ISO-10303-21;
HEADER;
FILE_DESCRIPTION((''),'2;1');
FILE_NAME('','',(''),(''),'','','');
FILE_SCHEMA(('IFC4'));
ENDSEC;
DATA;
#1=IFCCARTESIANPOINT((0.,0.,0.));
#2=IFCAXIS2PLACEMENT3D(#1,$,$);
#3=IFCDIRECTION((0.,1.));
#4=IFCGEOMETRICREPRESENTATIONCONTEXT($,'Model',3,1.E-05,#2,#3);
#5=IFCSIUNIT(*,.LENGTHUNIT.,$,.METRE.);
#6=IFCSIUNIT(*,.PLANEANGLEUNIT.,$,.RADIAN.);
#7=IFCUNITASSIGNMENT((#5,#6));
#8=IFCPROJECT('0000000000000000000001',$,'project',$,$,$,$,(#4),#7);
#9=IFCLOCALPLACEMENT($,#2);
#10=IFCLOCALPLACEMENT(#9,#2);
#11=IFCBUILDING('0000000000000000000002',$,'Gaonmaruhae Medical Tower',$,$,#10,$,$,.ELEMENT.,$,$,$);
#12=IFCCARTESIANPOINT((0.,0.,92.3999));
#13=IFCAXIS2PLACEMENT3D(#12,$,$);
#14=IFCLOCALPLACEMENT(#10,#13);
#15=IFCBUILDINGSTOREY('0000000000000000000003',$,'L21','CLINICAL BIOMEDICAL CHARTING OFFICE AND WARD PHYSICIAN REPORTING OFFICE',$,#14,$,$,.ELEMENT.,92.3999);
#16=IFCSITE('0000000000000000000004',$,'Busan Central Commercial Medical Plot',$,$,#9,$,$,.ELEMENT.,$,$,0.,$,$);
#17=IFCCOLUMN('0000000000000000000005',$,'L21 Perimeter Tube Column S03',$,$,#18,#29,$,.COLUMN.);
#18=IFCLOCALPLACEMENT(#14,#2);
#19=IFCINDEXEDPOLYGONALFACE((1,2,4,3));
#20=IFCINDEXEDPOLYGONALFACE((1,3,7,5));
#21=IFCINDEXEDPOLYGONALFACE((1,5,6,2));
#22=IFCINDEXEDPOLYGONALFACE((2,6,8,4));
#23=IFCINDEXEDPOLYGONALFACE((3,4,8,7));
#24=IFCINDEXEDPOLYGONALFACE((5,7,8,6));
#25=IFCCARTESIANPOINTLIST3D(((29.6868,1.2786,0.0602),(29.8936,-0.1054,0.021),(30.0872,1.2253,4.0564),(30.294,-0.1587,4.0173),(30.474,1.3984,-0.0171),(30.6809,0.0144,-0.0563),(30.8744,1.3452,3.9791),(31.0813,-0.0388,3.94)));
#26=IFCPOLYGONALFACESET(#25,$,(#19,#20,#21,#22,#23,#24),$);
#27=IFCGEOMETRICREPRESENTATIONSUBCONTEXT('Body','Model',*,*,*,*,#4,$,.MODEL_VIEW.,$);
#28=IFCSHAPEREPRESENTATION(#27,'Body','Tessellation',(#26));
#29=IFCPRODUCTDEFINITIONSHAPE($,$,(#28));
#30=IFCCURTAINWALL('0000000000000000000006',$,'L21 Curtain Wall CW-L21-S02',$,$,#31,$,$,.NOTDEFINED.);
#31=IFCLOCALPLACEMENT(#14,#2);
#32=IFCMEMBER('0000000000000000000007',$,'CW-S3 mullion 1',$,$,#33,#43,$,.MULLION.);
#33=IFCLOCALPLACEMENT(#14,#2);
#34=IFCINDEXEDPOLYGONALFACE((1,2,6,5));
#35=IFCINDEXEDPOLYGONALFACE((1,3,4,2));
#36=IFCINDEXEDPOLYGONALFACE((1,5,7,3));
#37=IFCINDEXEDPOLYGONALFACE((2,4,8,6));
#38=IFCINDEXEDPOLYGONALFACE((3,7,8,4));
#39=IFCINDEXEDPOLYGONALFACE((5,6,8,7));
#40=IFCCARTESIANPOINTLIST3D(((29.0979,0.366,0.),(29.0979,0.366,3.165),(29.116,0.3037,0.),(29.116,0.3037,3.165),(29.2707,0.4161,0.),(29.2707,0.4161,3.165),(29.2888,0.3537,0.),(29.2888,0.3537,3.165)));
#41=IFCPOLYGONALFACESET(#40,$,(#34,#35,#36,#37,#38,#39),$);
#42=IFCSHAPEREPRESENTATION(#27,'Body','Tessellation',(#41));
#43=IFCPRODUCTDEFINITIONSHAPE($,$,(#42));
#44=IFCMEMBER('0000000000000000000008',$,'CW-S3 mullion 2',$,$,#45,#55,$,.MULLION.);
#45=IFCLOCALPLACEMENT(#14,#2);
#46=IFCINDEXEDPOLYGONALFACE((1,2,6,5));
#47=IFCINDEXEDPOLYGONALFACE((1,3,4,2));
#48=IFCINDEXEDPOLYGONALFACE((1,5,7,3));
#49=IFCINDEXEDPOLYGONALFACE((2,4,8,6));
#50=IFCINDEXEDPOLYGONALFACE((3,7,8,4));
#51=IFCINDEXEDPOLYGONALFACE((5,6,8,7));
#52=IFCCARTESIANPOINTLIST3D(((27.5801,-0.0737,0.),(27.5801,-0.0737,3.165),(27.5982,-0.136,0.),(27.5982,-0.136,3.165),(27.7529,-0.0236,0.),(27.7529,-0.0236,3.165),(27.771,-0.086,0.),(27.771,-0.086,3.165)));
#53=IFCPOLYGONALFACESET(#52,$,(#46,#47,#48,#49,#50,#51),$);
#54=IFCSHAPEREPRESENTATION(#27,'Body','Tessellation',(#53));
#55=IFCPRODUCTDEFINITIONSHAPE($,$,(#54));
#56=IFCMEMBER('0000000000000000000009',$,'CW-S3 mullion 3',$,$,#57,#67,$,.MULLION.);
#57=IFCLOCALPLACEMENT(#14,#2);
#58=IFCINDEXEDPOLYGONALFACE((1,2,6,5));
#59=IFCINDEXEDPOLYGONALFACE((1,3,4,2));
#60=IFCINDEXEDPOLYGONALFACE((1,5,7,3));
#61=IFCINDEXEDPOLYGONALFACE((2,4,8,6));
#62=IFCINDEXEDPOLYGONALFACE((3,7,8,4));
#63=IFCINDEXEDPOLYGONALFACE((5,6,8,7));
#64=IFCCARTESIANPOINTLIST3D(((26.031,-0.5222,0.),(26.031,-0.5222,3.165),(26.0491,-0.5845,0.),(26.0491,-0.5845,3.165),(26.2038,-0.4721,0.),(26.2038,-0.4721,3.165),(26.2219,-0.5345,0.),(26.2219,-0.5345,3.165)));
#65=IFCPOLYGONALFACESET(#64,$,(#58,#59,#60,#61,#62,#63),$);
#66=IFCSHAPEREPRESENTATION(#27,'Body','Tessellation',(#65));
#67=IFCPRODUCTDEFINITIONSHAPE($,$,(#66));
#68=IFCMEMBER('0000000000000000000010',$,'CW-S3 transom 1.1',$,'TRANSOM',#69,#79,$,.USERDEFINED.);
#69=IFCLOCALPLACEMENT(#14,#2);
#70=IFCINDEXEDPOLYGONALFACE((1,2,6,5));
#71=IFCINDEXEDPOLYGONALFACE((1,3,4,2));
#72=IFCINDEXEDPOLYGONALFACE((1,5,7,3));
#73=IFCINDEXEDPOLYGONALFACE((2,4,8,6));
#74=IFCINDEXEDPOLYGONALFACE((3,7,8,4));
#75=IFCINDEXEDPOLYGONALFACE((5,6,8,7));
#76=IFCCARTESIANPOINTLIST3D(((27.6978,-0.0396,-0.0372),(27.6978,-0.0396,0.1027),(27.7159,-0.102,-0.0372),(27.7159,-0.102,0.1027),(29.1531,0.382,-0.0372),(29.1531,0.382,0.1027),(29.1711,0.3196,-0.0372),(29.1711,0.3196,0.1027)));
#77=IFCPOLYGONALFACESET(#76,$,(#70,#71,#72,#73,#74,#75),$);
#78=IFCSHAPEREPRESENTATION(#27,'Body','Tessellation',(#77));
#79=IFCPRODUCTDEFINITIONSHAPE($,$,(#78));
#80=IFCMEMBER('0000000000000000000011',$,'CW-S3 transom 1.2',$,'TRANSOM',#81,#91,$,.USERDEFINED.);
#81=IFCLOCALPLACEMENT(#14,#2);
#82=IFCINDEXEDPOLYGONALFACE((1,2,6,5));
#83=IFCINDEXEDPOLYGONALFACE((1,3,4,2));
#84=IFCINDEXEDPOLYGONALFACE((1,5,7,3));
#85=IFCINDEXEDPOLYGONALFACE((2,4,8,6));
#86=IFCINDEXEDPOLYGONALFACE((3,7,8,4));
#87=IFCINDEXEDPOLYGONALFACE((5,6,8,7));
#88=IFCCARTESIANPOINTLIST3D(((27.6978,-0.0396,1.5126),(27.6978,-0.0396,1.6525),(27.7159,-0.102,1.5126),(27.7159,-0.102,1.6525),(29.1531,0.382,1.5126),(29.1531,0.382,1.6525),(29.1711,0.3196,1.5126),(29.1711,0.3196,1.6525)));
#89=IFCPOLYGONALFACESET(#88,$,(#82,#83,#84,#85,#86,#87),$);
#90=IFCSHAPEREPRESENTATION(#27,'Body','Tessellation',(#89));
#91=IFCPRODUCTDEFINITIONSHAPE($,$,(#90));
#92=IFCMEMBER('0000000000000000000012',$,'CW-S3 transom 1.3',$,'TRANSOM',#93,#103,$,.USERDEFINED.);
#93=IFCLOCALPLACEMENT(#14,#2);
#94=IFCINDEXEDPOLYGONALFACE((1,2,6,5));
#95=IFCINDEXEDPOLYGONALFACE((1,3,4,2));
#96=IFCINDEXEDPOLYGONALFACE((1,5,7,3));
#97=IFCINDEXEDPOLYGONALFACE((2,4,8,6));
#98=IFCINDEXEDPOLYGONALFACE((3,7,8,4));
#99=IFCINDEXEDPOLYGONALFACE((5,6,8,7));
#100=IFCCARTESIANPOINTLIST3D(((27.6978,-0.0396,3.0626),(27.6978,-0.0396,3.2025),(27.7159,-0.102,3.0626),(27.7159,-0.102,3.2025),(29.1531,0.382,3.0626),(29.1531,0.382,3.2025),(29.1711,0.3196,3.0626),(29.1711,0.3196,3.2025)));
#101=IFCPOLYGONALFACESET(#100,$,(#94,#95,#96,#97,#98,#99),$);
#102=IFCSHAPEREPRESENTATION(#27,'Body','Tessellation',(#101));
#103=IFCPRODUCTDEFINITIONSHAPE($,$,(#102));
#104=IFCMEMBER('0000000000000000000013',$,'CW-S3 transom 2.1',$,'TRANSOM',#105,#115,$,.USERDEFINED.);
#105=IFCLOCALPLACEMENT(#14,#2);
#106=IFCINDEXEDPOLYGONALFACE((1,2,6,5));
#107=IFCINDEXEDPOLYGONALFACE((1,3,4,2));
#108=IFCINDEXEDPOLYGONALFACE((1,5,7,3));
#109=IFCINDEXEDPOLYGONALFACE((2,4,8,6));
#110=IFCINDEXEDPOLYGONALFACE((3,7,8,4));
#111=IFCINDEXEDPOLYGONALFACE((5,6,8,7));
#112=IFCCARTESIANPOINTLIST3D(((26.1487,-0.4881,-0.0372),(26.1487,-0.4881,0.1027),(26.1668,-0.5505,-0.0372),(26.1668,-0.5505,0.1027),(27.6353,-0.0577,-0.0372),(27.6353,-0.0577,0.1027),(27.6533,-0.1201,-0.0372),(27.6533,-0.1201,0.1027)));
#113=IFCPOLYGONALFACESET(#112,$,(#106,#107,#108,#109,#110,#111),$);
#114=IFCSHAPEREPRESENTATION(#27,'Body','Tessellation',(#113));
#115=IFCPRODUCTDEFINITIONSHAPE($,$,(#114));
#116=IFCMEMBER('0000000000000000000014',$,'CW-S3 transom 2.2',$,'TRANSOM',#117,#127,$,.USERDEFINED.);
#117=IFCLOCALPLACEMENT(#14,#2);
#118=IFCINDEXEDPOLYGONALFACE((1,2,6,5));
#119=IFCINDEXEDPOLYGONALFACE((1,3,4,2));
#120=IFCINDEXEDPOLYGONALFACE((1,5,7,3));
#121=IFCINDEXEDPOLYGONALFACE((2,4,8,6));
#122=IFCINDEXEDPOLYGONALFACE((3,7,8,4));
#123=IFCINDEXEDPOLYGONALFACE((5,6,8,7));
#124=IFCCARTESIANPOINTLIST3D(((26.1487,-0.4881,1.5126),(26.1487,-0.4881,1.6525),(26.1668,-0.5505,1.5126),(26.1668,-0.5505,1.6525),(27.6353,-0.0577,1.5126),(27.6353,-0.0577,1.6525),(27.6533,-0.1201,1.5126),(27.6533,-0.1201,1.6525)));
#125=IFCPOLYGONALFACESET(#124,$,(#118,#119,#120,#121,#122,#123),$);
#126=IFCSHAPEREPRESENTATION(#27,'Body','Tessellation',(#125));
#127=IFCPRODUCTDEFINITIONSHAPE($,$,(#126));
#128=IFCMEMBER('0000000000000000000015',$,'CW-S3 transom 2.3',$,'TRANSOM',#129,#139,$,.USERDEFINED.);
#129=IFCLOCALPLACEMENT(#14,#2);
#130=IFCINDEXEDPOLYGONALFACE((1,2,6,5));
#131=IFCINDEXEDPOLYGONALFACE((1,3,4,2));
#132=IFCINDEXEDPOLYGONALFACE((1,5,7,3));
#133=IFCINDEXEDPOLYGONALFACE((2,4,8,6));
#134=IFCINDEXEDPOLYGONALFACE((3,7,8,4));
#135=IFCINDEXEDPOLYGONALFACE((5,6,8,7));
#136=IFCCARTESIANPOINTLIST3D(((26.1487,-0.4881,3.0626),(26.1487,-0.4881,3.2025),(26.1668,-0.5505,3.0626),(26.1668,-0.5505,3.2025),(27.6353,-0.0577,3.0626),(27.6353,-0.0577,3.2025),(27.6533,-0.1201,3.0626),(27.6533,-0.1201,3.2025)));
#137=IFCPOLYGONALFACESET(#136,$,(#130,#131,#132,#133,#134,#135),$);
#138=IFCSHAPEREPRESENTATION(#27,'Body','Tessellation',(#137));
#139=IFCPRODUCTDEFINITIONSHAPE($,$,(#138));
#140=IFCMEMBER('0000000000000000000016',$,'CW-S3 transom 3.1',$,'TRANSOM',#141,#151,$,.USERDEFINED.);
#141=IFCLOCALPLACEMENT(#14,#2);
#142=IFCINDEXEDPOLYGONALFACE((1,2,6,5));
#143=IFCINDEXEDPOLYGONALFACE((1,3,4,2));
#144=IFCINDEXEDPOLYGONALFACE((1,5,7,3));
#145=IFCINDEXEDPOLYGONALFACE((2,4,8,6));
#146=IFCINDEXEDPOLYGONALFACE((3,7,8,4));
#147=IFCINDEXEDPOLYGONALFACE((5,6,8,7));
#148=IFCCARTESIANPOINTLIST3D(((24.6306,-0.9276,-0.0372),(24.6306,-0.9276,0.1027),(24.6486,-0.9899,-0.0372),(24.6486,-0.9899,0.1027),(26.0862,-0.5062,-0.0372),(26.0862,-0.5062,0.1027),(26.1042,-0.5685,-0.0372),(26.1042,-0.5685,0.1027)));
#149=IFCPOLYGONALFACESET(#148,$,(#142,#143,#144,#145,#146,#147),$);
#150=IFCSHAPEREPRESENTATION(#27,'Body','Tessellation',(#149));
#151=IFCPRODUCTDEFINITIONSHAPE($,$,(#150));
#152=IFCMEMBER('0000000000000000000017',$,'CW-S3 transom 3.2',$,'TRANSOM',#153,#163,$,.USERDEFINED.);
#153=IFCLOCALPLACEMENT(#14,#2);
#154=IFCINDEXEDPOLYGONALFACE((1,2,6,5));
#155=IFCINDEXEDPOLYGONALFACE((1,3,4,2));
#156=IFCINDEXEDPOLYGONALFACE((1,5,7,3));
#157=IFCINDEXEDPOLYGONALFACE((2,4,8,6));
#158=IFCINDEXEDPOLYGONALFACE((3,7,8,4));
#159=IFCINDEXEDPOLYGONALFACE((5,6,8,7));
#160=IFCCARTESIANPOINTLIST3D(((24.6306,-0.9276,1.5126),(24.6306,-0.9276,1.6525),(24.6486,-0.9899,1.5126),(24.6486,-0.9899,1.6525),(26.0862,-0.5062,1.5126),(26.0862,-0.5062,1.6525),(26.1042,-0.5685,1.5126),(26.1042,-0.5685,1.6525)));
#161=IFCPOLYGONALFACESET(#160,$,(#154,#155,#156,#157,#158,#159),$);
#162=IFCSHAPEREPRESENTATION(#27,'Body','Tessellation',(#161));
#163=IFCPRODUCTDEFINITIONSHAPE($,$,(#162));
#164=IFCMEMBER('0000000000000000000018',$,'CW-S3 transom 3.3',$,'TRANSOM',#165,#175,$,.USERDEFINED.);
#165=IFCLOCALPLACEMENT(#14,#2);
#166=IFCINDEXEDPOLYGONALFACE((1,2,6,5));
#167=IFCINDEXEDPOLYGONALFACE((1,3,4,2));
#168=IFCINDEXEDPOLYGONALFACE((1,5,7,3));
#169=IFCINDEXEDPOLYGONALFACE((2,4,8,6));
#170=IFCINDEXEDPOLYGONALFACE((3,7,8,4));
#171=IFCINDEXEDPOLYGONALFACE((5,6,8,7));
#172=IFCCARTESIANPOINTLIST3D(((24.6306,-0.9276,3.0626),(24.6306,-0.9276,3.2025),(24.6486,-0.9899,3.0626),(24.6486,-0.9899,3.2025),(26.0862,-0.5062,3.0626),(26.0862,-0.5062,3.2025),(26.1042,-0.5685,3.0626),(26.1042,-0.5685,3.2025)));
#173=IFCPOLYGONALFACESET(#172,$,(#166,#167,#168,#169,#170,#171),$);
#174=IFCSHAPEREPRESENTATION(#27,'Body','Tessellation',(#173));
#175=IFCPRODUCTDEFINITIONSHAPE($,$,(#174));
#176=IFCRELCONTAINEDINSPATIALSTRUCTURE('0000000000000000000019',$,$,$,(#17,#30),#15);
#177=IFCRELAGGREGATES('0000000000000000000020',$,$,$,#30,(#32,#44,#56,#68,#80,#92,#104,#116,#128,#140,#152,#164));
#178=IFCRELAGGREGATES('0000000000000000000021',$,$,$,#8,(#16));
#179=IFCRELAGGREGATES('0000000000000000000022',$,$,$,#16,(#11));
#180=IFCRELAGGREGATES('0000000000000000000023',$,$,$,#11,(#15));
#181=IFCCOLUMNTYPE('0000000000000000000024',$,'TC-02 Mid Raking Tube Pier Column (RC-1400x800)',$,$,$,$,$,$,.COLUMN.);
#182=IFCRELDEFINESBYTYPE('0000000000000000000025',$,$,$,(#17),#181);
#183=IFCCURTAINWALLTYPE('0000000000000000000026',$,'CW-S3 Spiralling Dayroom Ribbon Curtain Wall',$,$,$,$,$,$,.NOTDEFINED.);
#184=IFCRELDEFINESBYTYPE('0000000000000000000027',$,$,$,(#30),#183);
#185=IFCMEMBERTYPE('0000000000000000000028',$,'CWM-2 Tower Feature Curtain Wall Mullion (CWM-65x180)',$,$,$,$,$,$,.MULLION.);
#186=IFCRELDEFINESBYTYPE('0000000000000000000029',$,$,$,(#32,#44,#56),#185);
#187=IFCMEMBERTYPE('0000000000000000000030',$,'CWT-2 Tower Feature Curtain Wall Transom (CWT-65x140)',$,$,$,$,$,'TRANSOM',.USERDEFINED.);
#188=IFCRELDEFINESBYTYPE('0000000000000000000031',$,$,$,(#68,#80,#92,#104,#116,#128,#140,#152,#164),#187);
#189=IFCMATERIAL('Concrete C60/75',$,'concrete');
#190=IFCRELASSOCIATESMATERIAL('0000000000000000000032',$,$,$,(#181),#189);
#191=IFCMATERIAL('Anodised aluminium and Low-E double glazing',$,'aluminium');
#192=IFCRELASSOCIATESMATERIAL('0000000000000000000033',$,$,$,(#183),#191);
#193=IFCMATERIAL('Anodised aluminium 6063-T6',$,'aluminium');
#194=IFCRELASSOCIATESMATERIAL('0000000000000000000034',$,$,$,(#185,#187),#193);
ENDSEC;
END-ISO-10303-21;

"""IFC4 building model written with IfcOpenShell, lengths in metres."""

from ifc_helpers import new_model, si_unit, direction, frame, origin, origin_2d, place, context, subcontext, project, spatial, rectangle, extrude, material, material_profile, profile_set, type_object, element, aggregate, save


model = new_model("IFC4")

# Units and contexts
model_context = context("Model", 3, precision=1e-05, world=origin(), true_north=direction((0.0, 1.0)))
body_context = subcontext(model_context, "Body", "Model", "MODEL_VIEW")
ifc_project = project(units=[si_unit("LENGTHUNIT", "METRE"), si_unit("PLANEANGLEUNIT", "RADIAN")], contexts=[model_context])

# Site, building, storey
site_placement = place(None, origin())
site = spatial("IfcSite", under=ifc_project, at=site_placement, Name="Busan Central Commercial Medical Plot", CompositionType="ELEMENT", RefElevation=0.0)
building_placement = place(site_placement, origin())
building = spatial("IfcBuilding", under=site, at=building_placement, Name="Gaonmaruhae Medical Tower", CompositionType="ELEMENT")
storey_placement = place(building_placement, frame((0.0, 0.0, 92.3999)))
storey = spatial("IfcBuildingStorey", under=building, at=storey_placement, Name="L21", Description="CLINICAL BIOMEDICAL CHARTING OFFICE AND WARD PHYSICIAN REPORTING OFFICE", CompositionType="ELEMENT", Elevation=92.3999)

# Column
ifc_material_1 = material(Name="Concrete C60/75", Category="concrete")
ifc_material_profile_1 = material_profile(ifc_material_1, rectangle(XDim=1.3999, YDim=0.8, at=origin_2d()), Name="RC-1400x800")
ifc_profile_set_1 = profile_set([ifc_material_profile_1], Name="Concrete C60/75")
column_type = type_object("IfcColumnType", Name="TC-02 Mid Raking Tube Pier Column (RC-1400x800)", PredefinedType="COLUMN", material=ifc_profile_set_1)
column_placement = place(storey_placement, frame((30.1838, 0.6465, 0.002), z_axis=(0.099682, -0.01325, 0.994931), x_axis=(-0.147762, 0.988627, 0.027971)))
element("IfcColumn", 1, at=column_placement, inside=storey, type_object=column_type, Name="L21 Perimeter Tube Column S03", PredefinedType="COLUMN", context=body_context, shape_type="SweptSolid", body=[
    extrude(rectangle(XDim=1.3999, YDim=0.8, at=origin_2d()), origin(), (0.0, 0.0, 1.0), 4.0166),
])

# Curtain wall, members
ifc_material_2 = material(Name="Anodised aluminium and Low-E double glazing", Category="aluminium")
curtain_wall_type = type_object("IfcCurtainWallType", Name="CW-S3 Spiralling Dayroom Ribbon Curtain Wall", PredefinedType="NOTDEFINED", material=ifc_material_2)
curtain_wall_placement = place(storey_placement, origin())
curtain_wall = element("IfcCurtainWall", 2, at=curtain_wall_placement, inside=storey, type_object=curtain_wall_type, Name="L21 Curtain Wall CW-L21-S02", PredefinedType="NOTDEFINED")
ifc_material_3 = material(Name="Anodised aluminium 6063-T6", Category="aluminium")
ifc_material_profile_2 = material_profile(ifc_material_3, rectangle(XDim=0.0649, YDim=0.1799, at=origin_2d()), Name="CWM-65x180")
ifc_profile_set_2 = profile_set([ifc_material_profile_2], Name="Anodised aluminium 6063-T6")
member_type_1 = type_object("IfcMemberType", Name="CWM-2 Tower Feature Curtain Wall Mullion (CWM-65x180)", PredefinedType="MULLION", material=ifc_profile_set_2)
member_1_placement = place(storey_placement, frame((29.1934, 0.3599, 0.0), z_axis=(0.0, 0.0, 1.0), x_axis=(0.27814, -0.960541, 0.0)))
member_1 = element("IfcMember", 3, at=member_1_placement, type_object=member_type_1, Name="CW-S3 mullion 1", PredefinedType="MULLION", context=body_context, shape_type="SweptSolid", body=[
    extrude(rectangle(XDim=0.0649, YDim=0.1799, at=origin_2d()), origin(), (0.0, 0.0, 1.0), 3.165),
])
member_2_placement = place(storey_placement, frame((27.6755, -0.0798, 0.0), z_axis=(0.0, 0.0, 1.0), x_axis=(0.27814, -0.960541, 0.0)))
member_2 = element("IfcMember", 4, at=member_2_placement, type_object=member_type_1, Name="CW-S3 mullion 2", PredefinedType="MULLION", context=body_context, shape_type="SweptSolid", body=[
    extrude(rectangle(XDim=0.0649, YDim=0.1799, at=origin_2d()), origin(), (0.0, 0.0, 1.0), 3.165),
])
member_3_placement = place(storey_placement, frame((26.1265, -0.5283, 0.0), z_axis=(0.0, 0.0, 1.0), x_axis=(0.27814, -0.960541, 0.0)))
member_3 = element("IfcMember", 5, at=member_3_placement, type_object=member_type_1, Name="CW-S3 mullion 3", PredefinedType="MULLION", context=body_context, shape_type="SweptSolid", body=[
    extrude(rectangle(XDim=0.0649, YDim=0.1799, at=origin_2d()), origin(), (0.0, 0.0, 1.0), 3.165),
])
ifc_material_profile_3 = material_profile(ifc_material_3, rectangle(XDim=0.0649, YDim=0.1399, at=origin_2d()), Name="CWT-65x140")
ifc_profile_set_3 = profile_set([ifc_material_profile_3], Name="Anodised aluminium 6063-T6")
member_type_2 = type_object("IfcMemberType", Name="CWT-2 Tower Feature Curtain Wall Transom (CWT-65x140)", ElementType="TRANSOM", PredefinedType="USERDEFINED", material=ifc_profile_set_3)
member_4_placement = place(storey_placement, frame((29.1621, 0.3508, 0.0327), z_axis=(-0.960502, -0.278273, 0.0), x_axis=(0.278273, -0.960502, 0.0)))
member_4 = element("IfcMember", 6, at=member_4_placement, type_object=member_type_2, Name="CW-S3 transom 1.1", ObjectType="TRANSOM", PredefinedType="USERDEFINED", context=body_context, shape_type="SweptSolid", body=[
    extrude(rectangle(XDim=0.0649, YDim=0.1399, at=origin_2d()), origin(), (0.0, 0.0, 1.0), 1.5151),
])
member_5_placement = place(storey_placement, frame((29.1621, 0.3508, 1.5825), z_axis=(-0.960502, -0.278273, 0.0), x_axis=(0.278273, -0.960502, 0.0)))
member_5 = element("IfcMember", 7, at=member_5_placement, type_object=member_type_2, Name="CW-S3 transom 1.2", ObjectType="TRANSOM", PredefinedType="USERDEFINED", context=body_context, shape_type="SweptSolid", body=[
    extrude(rectangle(XDim=0.0649, YDim=0.1399, at=origin_2d()), origin(), (0.0, 0.0, 1.0), 1.5151),
])
member_6_placement = place(storey_placement, frame((29.1621, 0.3508, 3.1326), z_axis=(-0.960502, -0.278273, 0.0), x_axis=(0.278273, -0.960502, 0.0)))
member_6 = element("IfcMember", 8, at=member_6_placement, type_object=member_type_2, Name="CW-S3 transom 1.3", ObjectType="TRANSOM", PredefinedType="USERDEFINED", context=body_context, shape_type="SweptSolid", body=[
    extrude(rectangle(XDim=0.0649, YDim=0.1399, at=origin_2d()), origin(), (0.0, 0.0, 1.0), 1.5151),
])
member_7_placement = place(storey_placement, frame((27.6443, -0.0889, 0.0327), z_axis=(-0.960548, -0.278116, 0.0), x_axis=(0.278116, -0.960548, 0.0)))
member_7 = element("IfcMember", 9, at=member_7_placement, type_object=member_type_2, Name="CW-S3 transom 2.1", ObjectType="TRANSOM", PredefinedType="USERDEFINED", context=body_context, shape_type="SweptSolid", body=[
    extrude(rectangle(XDim=0.0649, YDim=0.1399, at=origin_2d()), origin(), (0.0, 0.0, 1.0), 1.5476),
])
member_8_placement = place(storey_placement, frame((27.6443, -0.0889, 1.5825), z_axis=(-0.960548, -0.278116, 0.0), x_axis=(0.278116, -0.960548, 0.0)))
member_8 = element("IfcMember", 10, at=member_8_placement, type_object=member_type_2, Name="CW-S3 transom 2.2", ObjectType="TRANSOM", PredefinedType="USERDEFINED", context=body_context, shape_type="SweptSolid", body=[
    extrude(rectangle(XDim=0.0649, YDim=0.1399, at=origin_2d()), origin(), (0.0, 0.0, 1.0), 1.5476),
])
member_9_placement = place(storey_placement, frame((27.6443, -0.0889, 3.1326), z_axis=(-0.960548, -0.278116, 0.0), x_axis=(0.278116, -0.960548, 0.0)))
member_9 = element("IfcMember", 11, at=member_9_placement, type_object=member_type_2, Name="CW-S3 transom 2.3", ObjectType="TRANSOM", PredefinedType="USERDEFINED", context=body_context, shape_type="SweptSolid", body=[
    extrude(rectangle(XDim=0.0649, YDim=0.1399, at=origin_2d()), origin(), (0.0, 0.0, 1.0), 1.5476),
])
member_10_placement = place(storey_placement, frame((26.0952, -0.5374, 0.0327), z_axis=(-0.960557, -0.278082, 0.0), x_axis=(0.278082, -0.960557, 0.0)))
member_10 = element("IfcMember", 12, at=member_10_placement, type_object=member_type_2, Name="CW-S3 transom 3.1", ObjectType="TRANSOM", PredefinedType="USERDEFINED", context=body_context, shape_type="SweptSolid", body=[
    extrude(rectangle(XDim=0.0649, YDim=0.1399, at=origin_2d()), origin(), (0.0, 0.0, 1.0), 1.5154),
])
member_11_placement = place(storey_placement, frame((26.0952, -0.5374, 1.5825), z_axis=(-0.960557, -0.278082, 0.0), x_axis=(0.278082, -0.960557, 0.0)))
member_11 = element("IfcMember", 13, at=member_11_placement, type_object=member_type_2, Name="CW-S3 transom 3.2", ObjectType="TRANSOM", PredefinedType="USERDEFINED", context=body_context, shape_type="SweptSolid", body=[
    extrude(rectangle(XDim=0.0649, YDim=0.1399, at=origin_2d()), origin(), (0.0, 0.0, 1.0), 1.5154),
])
member_12_placement = place(storey_placement, frame((26.0952, -0.5374, 3.1326), z_axis=(-0.960557, -0.278082, 0.0), x_axis=(0.278082, -0.960557, 0.0)))
member_12 = element("IfcMember", 14, at=member_12_placement, type_object=member_type_2, Name="CW-S3 transom 3.3", ObjectType="TRANSOM", PredefinedType="USERDEFINED", context=body_context, shape_type="SweptSolid", body=[
    extrude(rectangle(XDim=0.0649, YDim=0.1399, at=origin_2d()), origin(), (0.0, 0.0, 1.0), 1.5154),
])

aggregate(curtain_wall, [member_1, member_2, member_3, member_4, member_5, member_6, member_7, member_8, member_9, member_10, member_11, member_12])

save(model, "model.ifc")
